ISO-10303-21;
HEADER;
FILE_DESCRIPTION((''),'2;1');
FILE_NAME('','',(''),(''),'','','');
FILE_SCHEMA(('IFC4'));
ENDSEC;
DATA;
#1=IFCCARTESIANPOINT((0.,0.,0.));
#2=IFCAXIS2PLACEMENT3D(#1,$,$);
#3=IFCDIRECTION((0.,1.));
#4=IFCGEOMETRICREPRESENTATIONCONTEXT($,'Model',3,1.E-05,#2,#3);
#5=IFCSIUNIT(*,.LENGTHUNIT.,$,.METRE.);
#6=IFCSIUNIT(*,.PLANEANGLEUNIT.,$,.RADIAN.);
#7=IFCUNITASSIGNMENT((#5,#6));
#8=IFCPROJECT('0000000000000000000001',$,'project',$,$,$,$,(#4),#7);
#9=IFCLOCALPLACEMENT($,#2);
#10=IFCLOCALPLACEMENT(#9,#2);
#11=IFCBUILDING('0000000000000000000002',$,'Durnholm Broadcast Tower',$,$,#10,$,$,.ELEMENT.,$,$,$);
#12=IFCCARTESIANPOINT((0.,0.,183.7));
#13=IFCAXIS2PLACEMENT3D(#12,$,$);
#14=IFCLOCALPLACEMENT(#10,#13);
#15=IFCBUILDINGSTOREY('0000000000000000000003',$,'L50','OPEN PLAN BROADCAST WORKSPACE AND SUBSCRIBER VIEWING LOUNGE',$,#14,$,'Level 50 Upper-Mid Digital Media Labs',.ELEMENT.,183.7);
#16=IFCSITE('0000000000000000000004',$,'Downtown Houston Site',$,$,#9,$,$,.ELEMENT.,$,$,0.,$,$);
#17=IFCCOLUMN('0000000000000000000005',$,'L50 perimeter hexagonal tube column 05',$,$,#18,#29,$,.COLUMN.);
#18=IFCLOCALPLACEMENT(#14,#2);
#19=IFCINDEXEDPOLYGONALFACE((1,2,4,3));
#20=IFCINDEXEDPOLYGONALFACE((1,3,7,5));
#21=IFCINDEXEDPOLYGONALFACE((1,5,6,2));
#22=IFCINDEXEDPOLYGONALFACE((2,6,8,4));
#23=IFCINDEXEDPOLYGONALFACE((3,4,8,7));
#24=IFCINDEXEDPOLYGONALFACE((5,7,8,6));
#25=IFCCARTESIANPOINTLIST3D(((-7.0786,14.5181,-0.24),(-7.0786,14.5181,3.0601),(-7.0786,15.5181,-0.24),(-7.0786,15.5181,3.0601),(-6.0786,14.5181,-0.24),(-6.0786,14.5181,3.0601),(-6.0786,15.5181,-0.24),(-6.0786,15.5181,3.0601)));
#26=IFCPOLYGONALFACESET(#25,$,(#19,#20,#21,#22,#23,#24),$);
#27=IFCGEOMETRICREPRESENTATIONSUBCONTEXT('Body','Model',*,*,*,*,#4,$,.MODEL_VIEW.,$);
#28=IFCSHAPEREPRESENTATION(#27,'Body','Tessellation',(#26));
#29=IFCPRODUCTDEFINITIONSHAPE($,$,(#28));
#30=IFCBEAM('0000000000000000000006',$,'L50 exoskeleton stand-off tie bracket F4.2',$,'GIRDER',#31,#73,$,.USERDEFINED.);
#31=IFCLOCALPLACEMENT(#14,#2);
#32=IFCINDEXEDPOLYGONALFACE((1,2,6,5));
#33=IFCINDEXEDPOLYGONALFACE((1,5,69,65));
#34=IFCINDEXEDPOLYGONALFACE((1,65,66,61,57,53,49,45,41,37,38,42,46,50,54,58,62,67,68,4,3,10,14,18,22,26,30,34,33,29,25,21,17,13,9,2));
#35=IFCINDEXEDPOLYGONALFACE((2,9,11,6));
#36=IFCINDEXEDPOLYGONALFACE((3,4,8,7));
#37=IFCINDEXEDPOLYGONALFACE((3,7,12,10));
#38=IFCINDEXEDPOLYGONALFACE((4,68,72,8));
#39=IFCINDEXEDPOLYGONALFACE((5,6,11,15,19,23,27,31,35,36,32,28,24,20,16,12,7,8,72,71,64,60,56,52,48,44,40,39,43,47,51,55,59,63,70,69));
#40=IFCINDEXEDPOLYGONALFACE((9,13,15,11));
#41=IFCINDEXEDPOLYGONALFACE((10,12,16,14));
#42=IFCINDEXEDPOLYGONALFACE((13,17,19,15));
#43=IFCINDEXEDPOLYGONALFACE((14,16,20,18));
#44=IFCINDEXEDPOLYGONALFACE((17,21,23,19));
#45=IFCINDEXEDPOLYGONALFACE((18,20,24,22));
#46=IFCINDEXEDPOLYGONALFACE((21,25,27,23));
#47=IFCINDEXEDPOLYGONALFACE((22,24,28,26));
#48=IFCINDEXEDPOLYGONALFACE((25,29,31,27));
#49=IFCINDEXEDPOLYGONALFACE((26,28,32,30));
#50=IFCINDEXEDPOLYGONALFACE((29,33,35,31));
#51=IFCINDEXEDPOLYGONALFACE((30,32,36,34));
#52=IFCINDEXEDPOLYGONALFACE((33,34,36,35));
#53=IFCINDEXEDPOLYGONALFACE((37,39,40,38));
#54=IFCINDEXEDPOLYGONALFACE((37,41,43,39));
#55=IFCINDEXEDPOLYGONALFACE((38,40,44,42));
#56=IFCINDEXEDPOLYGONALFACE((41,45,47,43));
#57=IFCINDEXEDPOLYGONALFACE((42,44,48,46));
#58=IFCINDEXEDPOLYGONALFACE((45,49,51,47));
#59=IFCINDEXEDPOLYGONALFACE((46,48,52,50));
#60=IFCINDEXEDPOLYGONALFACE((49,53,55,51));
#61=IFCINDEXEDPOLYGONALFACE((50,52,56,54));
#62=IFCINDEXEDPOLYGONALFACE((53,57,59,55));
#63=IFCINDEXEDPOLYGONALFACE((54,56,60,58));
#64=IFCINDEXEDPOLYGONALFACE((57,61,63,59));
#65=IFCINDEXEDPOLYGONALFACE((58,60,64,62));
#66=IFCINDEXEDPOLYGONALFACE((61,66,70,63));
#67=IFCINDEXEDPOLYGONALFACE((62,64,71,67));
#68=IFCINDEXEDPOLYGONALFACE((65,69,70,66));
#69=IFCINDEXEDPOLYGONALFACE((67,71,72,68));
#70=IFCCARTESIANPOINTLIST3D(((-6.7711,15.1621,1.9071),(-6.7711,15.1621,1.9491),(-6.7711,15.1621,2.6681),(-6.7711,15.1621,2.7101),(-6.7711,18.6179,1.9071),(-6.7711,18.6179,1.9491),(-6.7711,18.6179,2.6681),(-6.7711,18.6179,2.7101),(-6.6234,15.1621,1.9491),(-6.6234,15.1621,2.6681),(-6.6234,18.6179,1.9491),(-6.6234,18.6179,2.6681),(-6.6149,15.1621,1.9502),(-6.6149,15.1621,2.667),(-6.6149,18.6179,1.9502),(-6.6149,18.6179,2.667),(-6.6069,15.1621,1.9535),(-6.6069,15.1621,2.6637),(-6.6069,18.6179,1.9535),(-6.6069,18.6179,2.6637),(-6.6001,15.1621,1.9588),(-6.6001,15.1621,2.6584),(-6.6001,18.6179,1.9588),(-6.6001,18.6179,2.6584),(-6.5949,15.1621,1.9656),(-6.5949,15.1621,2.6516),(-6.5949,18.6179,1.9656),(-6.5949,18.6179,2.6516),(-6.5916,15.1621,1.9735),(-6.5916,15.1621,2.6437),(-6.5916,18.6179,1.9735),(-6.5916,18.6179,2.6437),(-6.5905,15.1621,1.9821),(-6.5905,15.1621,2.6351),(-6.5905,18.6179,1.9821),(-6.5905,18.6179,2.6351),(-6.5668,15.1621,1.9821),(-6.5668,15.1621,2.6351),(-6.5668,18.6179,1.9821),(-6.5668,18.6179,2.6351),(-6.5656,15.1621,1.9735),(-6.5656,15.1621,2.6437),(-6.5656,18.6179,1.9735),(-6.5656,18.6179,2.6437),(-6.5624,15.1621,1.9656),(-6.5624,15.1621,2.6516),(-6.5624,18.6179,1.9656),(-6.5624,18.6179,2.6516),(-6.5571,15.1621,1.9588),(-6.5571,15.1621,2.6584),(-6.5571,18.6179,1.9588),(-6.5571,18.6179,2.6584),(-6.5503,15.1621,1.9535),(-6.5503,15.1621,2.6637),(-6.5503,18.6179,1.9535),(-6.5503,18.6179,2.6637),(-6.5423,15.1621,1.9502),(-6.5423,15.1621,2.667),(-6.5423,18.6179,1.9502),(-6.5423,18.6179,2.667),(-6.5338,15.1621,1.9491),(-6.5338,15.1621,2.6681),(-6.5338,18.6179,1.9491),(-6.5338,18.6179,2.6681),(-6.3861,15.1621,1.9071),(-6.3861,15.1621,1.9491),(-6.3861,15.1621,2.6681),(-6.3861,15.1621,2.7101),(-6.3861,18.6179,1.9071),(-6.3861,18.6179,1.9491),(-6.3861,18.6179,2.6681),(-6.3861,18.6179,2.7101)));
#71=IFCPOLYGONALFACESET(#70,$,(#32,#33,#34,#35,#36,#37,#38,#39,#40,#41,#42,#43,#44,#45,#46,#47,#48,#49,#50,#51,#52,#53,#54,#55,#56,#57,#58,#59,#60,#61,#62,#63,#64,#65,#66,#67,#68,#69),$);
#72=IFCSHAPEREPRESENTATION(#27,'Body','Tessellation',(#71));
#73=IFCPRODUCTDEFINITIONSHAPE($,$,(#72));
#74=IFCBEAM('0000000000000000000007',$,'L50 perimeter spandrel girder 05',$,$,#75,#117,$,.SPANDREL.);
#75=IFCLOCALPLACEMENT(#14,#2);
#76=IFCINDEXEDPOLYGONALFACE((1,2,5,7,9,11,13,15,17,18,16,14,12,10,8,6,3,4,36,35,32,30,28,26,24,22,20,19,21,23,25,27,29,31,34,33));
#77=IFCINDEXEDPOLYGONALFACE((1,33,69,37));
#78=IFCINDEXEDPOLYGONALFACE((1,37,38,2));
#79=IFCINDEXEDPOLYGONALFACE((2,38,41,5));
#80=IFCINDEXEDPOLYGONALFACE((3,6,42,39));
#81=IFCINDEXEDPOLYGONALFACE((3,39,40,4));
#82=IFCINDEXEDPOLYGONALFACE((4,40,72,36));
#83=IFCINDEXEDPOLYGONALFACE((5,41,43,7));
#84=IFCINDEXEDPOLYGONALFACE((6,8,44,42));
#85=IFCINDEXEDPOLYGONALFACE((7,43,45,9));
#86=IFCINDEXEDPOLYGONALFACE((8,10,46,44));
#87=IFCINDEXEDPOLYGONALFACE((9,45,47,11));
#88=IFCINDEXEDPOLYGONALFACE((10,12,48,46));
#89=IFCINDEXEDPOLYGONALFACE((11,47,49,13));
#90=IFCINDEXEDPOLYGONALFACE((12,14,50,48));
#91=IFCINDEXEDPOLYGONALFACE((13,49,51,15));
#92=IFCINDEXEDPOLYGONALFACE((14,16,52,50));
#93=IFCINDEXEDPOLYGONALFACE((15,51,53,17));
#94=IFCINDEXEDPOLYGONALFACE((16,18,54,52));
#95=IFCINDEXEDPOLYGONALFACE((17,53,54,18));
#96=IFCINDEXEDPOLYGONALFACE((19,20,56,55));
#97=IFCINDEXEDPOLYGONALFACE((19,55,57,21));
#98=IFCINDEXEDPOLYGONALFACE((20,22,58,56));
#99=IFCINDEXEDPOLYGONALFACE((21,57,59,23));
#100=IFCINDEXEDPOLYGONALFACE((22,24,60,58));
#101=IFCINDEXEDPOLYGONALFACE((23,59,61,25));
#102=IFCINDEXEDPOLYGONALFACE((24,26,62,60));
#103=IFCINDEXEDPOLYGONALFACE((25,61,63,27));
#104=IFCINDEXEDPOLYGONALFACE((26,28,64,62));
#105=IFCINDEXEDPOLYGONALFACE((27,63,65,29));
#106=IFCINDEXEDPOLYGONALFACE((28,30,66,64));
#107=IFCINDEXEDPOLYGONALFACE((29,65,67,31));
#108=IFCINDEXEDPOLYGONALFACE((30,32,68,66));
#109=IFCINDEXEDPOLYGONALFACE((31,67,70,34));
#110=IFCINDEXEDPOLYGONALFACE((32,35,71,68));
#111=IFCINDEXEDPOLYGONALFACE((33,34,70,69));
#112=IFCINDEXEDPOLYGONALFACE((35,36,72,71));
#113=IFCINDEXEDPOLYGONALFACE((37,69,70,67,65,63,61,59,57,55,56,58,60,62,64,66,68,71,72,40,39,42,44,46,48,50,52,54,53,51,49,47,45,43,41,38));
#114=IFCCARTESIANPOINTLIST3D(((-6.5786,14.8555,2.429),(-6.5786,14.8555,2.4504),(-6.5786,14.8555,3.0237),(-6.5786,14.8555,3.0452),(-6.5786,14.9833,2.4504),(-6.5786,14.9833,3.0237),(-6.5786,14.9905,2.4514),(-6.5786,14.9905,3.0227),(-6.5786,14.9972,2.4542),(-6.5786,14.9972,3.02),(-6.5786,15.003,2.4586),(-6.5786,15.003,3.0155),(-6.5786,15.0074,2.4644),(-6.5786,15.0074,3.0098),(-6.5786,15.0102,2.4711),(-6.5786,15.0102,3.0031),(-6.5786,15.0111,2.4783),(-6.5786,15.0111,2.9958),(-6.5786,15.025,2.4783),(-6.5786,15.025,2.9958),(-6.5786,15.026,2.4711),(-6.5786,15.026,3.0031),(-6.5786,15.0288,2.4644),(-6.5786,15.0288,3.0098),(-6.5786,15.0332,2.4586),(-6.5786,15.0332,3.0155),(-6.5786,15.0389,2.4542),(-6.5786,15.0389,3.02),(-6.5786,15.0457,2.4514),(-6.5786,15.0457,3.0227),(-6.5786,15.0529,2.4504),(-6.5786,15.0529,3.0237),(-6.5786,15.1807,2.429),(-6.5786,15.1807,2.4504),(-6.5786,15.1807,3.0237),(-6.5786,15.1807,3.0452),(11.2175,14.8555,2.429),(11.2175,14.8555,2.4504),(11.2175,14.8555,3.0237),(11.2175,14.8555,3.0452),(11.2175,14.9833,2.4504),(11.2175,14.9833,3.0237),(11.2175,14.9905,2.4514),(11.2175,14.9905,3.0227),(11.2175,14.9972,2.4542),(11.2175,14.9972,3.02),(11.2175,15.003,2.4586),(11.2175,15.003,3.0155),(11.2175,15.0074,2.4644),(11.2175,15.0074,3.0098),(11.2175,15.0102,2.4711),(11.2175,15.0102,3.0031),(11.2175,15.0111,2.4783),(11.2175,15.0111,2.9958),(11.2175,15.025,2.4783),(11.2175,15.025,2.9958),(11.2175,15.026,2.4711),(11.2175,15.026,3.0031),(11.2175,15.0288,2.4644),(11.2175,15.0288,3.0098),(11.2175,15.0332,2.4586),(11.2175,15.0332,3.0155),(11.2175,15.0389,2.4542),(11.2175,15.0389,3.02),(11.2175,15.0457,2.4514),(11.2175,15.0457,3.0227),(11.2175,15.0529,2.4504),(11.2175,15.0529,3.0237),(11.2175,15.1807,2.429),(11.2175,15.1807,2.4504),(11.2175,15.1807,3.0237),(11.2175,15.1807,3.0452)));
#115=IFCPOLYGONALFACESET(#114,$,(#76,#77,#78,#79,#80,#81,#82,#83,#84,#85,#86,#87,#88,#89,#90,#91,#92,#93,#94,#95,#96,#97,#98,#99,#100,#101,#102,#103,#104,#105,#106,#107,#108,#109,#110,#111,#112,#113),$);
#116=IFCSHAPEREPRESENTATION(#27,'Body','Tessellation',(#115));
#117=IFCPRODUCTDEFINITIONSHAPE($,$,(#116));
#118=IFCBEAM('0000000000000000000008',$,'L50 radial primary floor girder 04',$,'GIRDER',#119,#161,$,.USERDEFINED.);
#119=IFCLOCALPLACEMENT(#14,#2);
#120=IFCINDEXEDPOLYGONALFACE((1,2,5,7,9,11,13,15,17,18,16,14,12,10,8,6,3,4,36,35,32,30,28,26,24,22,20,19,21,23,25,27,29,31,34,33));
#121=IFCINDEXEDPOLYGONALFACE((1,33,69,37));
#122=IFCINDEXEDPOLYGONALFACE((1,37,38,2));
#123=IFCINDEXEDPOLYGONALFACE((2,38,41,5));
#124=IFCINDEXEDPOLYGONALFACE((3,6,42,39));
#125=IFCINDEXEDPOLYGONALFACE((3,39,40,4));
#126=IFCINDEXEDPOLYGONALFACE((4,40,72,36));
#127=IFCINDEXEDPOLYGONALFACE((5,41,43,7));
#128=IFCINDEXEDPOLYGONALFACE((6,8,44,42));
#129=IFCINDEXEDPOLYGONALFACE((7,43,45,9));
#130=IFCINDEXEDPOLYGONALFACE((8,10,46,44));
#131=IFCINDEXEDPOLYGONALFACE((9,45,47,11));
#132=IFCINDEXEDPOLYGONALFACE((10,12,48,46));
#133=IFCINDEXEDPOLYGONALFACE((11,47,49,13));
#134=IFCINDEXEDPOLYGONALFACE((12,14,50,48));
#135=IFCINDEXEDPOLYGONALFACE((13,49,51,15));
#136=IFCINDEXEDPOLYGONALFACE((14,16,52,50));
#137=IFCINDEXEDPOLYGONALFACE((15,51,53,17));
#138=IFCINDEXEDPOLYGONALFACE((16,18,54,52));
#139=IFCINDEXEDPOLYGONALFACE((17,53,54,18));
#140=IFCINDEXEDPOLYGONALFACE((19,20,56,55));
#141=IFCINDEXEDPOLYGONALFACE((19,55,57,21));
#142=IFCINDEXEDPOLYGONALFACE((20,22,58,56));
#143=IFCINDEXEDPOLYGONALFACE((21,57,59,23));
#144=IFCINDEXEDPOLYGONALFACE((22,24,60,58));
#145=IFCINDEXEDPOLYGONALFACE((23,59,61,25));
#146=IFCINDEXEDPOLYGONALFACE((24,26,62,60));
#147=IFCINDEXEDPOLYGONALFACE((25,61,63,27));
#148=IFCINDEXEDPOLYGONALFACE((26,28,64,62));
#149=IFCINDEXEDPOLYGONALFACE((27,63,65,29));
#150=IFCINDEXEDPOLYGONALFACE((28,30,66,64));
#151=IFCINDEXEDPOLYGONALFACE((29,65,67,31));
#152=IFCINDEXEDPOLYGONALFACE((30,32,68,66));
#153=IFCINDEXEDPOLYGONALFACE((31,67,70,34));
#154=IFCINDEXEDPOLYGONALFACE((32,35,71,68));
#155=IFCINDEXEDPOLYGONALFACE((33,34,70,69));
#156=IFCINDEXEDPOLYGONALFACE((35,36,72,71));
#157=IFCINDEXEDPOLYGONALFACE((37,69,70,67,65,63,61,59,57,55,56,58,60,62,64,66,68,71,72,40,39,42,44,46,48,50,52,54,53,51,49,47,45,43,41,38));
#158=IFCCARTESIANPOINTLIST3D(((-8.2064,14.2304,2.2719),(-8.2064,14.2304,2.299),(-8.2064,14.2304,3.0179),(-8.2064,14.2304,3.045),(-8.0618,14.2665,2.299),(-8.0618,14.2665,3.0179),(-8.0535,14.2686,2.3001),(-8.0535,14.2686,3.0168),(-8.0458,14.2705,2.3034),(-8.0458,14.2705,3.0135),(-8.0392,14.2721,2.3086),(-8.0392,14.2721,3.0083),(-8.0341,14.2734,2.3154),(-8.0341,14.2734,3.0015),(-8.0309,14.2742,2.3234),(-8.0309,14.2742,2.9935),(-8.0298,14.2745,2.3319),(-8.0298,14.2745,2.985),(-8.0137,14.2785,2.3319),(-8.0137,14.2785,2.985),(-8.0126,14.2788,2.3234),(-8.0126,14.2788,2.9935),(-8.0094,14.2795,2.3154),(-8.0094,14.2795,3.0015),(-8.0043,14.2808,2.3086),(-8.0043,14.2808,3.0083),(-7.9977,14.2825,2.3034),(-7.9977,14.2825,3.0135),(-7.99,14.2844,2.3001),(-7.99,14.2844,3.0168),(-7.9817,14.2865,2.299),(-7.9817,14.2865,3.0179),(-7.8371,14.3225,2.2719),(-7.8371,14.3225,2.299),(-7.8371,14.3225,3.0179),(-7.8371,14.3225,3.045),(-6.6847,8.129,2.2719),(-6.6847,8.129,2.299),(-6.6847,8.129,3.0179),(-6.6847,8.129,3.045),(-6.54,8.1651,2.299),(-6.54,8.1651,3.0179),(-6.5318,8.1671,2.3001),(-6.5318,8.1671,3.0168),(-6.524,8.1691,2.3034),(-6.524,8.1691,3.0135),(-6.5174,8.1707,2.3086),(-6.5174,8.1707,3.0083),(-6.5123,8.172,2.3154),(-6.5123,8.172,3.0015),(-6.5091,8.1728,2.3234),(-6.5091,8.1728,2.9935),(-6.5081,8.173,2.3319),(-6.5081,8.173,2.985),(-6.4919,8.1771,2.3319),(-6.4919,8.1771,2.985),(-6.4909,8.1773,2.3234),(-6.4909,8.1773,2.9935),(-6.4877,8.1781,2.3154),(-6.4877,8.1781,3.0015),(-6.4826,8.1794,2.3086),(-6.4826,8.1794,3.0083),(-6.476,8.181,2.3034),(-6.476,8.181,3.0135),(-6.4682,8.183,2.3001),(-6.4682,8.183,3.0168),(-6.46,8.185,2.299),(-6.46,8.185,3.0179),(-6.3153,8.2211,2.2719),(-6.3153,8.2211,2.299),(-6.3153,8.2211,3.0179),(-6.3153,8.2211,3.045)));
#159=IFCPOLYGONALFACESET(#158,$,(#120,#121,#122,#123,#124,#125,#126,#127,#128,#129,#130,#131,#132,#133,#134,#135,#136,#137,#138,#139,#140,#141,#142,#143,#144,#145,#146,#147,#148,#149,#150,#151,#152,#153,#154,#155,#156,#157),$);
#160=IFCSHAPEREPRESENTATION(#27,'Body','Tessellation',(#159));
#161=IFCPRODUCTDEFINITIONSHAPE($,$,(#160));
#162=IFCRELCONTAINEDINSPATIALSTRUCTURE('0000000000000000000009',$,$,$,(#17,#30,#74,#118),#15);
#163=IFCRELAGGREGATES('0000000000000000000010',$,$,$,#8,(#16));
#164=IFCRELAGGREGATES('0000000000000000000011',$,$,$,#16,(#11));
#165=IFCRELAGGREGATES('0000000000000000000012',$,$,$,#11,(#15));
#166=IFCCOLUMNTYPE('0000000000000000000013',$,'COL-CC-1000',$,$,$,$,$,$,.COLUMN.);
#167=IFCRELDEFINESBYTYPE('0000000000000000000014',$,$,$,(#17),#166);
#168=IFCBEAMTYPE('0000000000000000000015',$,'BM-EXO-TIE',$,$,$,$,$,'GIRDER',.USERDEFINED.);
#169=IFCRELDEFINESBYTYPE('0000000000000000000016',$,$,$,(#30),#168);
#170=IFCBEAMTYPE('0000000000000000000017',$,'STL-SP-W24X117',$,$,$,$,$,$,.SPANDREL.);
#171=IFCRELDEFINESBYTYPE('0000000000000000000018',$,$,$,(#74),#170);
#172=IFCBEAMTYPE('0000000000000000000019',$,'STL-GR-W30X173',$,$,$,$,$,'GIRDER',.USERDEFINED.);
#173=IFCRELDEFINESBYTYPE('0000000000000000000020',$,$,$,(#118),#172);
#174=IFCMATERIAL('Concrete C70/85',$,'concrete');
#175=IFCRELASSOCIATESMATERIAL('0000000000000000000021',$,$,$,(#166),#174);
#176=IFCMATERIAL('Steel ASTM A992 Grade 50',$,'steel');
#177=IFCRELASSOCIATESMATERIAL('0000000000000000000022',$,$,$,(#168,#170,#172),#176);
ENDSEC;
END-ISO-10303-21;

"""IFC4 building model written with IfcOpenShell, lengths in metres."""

from ifc_helpers import new_model, si_unit, direction, frame, origin, origin_2d, place, context, subcontext, project, spatial, rectangle, i_section, extrude, source, transform, mapped, material, material_profile, profile_set, type_object, type_shapes, element, save


model = new_model("IFC4")

# Units and contexts
model_context = context("Model", 3, precision=1e-05, world=origin(), true_north=direction((0.0, 1.0)))
body_context = subcontext(model_context, "Body", "Model", "MODEL_VIEW")
ifc_project = project(units=[si_unit("LENGTHUNIT", "METRE"), si_unit("PLANEANGLEUNIT", "RADIAN")], contexts=[model_context])

# Site, building, storey
site_placement = place(None, origin())
site = spatial("IfcSite", under=ifc_project, at=site_placement, Name="Downtown Houston Site", CompositionType="ELEMENT", RefElevation=0.0)
building_placement = place(site_placement, origin())
building = spatial("IfcBuilding", under=site, at=building_placement, Name="Durnholm Broadcast Tower", CompositionType="ELEMENT")
storey_placement = place(building_placement, frame((0.0, 0.0, 183.7)))
storey = spatial("IfcBuildingStorey", under=building, at=storey_placement, Name="L50", Description="OPEN PLAN BROADCAST WORKSPACE AND SUBSCRIBER VIEWING LOUNGE", LongName="Level 50 Upper-Mid Digital Media Labs", CompositionType="ELEMENT", Elevation=183.7)

# Column
ifc_material_1 = material(Name="Concrete C70/85", Category="concrete")
ifc_material_profile_1 = material_profile(ifc_material_1, rectangle(XDim=1.0, YDim=1.0, at=origin_2d()), Name="RC1000X1000")
ifc_profile_set_1 = profile_set([ifc_material_profile_1], Name="Concrete C70/85")
column_type = type_object("IfcColumnType", Name="COL-CC-1000", PredefinedType="COLUMN", material=ifc_profile_set_1)
shared_shape_1 = source(origin(), body_context, "Body", "SweptSolid", [
    extrude(rectangle(XDim=1.0, YDim=1.0, at=origin_2d()), origin(), (0.0, 0.0, 1.0), 3.3),
])
type_shapes(column_type, [shared_shape_1])
column_placement = place(storey_placement, frame((-6.5786, 15.0181, -0.24), z_axis=(0.0, 0.0, 1.0), x_axis=(1.0, 0.0, 0.0)))
element("IfcColumn", 1, at=column_placement, inside=storey, type_object=column_type, Name="L50 perimeter hexagonal tube column 05", PredefinedType="COLUMN", context=body_context, shape_type="MappedRepresentation", body=[
    mapped(shared_shape_1, transform((0.0, 0.0, 0.0), x_axis=(1.0, 0.0, 0.0), y_axis=(0.0, 1.0, 0.0), z_axis=(0.0, 0.0, 1.0), scale=1.0)),
])

# Beams
ifc_material_2 = material(Name="Steel ASTM A992 Grade 50", Category="steel")
ifc_material_profile_2 = material_profile(ifc_material_2, i_section(OverallWidth=0.385, OverallDepth=0.803, WebThickness=0.0237, FlangeThickness=0.042, FilletRadius=0.033, at=origin_2d()), Name="W30X261")
ifc_profile_set_2 = profile_set([ifc_material_profile_2], Name="Steel ASTM A992 Grade 50")
beam_type_1 = type_object("IfcBeamType", Name="BM-EXO-TIE", ElementType="GIRDER", PredefinedType="USERDEFINED", material=ifc_profile_set_2)
shared_shape_2 = source(origin(), body_context, "Body", "SweptSolid", [
    extrude(i_section(OverallWidth=0.385, OverallDepth=0.803, WebThickness=0.0237, FlangeThickness=0.042, FilletRadius=0.033, at=origin_2d()), origin(), (0.0, 0.0, 1.0), 3.4558),
])
type_shapes(beam_type_1, [shared_shape_2])
beam_1_placement = place(storey_placement, frame((-6.5786, 15.1621, 2.3086), z_axis=(0.0, 1.0, 0.0), x_axis=(-1.0, 0.0, 0.0)))
element("IfcBeam", 2, at=beam_1_placement, inside=storey, type_object=beam_type_1, Name="L50 exoskeleton stand-off tie bracket F4.2", ObjectType="GIRDER", PredefinedType="USERDEFINED", context=body_context, shape_type="MappedRepresentation", body=[
    mapped(shared_shape_2, transform((0.0, 0.0, 0.0), x_axis=(1.0, 0.0, 0.0), y_axis=(0.0, 1.0, 0.0), z_axis=(0.0, 0.0, 1.0), scale=1.0)),
])
ifc_material_profile_3 = material_profile(ifc_material_2, i_section(OverallWidth=0.3252, OverallDepth=0.6162, WebThickness=0.0139, FlangeThickness=0.0215, FilletRadius=0.0278, at=origin_2d()), Name="W24X117")
ifc_profile_set_3 = profile_set([ifc_material_profile_3], Name="Steel ASTM A992 Grade 50")
beam_type_2 = type_object("IfcBeamType", Name="STL-SP-W24X117", PredefinedType="SPANDREL", material=ifc_profile_set_3)
shared_shape_3 = source(origin(), body_context, "Body", "SweptSolid", [
    extrude(i_section(OverallWidth=0.3252, OverallDepth=0.6162, WebThickness=0.0139, FlangeThickness=0.0215, FilletRadius=0.0278, at=origin_2d()), origin(), (0.0, 0.0, 1.0), 17.7961),
])
type_shapes(beam_type_2, [shared_shape_3])
beam_2_placement = place(storey_placement, frame((-6.5786, 15.0181, 2.7371), z_axis=(1.0, 0.0, 0.0), x_axis=(0.0, 1.0, 0.0)))
element("IfcBeam", 3, at=beam_2_placement, inside=storey, type_object=beam_type_2, Name="L50 perimeter spandrel girder 05", PredefinedType="SPANDREL", context=body_context, shape_type="MappedRepresentation", body=[
    mapped(shared_shape_3, transform((0.0, 0.0, 0.0), x_axis=(1.0, 0.0, 0.0), y_axis=(0.0, 1.0, 0.0), z_axis=(0.0, 0.0, 1.0), scale=1.0)),
])
ifc_material_profile_4 = material_profile(ifc_material_2, i_section(OverallWidth=0.3806, OverallDepth=0.7732, WebThickness=0.0166, FlangeThickness=0.0271, FilletRadius=0.033, at=origin_2d()), Name="W30X173")
ifc_profile_set_4 = profile_set([ifc_material_profile_4], Name="Steel ASTM A992 Grade 50")
beam_type_3 = type_object("IfcBeamType", Name="STL-GR-W30X173", ElementType="GIRDER", PredefinedType="USERDEFINED", material=ifc_profile_set_4)
shared_shape_4 = source(origin(), body_context, "Body", "SweptSolid", [
    extrude(i_section(OverallWidth=0.3806, OverallDepth=0.7732, WebThickness=0.0166, FlangeThickness=0.0271, FilletRadius=0.033, at=origin_2d()), origin(), (0.0, 0.0, 1.0), 6.2883),
])
beam_3_placement = place(storey_placement, frame((-6.5, 8.175, 2.6584), z_axis=(-0.241997, 0.970277, 0.0), x_axis=(-0.970277, -0.241997, 0.0)))
element("IfcBeam", 4, at=beam_3_placement, inside=storey, type_object=beam_type_3, Name="L50 radial primary floor girder 04", ObjectType="GIRDER", PredefinedType="USERDEFINED", context=body_context, shape_type="MappedRepresentation", body=[
    mapped(shared_shape_4, transform((0.0, 0.0, 0.0), x_axis=(1.0, 0.0, 0.0), y_axis=(0.0, 1.0, 0.0), z_axis=(0.0, 0.0, 1.0), scale=1.0)),
])

save(model, "model.ifc")
